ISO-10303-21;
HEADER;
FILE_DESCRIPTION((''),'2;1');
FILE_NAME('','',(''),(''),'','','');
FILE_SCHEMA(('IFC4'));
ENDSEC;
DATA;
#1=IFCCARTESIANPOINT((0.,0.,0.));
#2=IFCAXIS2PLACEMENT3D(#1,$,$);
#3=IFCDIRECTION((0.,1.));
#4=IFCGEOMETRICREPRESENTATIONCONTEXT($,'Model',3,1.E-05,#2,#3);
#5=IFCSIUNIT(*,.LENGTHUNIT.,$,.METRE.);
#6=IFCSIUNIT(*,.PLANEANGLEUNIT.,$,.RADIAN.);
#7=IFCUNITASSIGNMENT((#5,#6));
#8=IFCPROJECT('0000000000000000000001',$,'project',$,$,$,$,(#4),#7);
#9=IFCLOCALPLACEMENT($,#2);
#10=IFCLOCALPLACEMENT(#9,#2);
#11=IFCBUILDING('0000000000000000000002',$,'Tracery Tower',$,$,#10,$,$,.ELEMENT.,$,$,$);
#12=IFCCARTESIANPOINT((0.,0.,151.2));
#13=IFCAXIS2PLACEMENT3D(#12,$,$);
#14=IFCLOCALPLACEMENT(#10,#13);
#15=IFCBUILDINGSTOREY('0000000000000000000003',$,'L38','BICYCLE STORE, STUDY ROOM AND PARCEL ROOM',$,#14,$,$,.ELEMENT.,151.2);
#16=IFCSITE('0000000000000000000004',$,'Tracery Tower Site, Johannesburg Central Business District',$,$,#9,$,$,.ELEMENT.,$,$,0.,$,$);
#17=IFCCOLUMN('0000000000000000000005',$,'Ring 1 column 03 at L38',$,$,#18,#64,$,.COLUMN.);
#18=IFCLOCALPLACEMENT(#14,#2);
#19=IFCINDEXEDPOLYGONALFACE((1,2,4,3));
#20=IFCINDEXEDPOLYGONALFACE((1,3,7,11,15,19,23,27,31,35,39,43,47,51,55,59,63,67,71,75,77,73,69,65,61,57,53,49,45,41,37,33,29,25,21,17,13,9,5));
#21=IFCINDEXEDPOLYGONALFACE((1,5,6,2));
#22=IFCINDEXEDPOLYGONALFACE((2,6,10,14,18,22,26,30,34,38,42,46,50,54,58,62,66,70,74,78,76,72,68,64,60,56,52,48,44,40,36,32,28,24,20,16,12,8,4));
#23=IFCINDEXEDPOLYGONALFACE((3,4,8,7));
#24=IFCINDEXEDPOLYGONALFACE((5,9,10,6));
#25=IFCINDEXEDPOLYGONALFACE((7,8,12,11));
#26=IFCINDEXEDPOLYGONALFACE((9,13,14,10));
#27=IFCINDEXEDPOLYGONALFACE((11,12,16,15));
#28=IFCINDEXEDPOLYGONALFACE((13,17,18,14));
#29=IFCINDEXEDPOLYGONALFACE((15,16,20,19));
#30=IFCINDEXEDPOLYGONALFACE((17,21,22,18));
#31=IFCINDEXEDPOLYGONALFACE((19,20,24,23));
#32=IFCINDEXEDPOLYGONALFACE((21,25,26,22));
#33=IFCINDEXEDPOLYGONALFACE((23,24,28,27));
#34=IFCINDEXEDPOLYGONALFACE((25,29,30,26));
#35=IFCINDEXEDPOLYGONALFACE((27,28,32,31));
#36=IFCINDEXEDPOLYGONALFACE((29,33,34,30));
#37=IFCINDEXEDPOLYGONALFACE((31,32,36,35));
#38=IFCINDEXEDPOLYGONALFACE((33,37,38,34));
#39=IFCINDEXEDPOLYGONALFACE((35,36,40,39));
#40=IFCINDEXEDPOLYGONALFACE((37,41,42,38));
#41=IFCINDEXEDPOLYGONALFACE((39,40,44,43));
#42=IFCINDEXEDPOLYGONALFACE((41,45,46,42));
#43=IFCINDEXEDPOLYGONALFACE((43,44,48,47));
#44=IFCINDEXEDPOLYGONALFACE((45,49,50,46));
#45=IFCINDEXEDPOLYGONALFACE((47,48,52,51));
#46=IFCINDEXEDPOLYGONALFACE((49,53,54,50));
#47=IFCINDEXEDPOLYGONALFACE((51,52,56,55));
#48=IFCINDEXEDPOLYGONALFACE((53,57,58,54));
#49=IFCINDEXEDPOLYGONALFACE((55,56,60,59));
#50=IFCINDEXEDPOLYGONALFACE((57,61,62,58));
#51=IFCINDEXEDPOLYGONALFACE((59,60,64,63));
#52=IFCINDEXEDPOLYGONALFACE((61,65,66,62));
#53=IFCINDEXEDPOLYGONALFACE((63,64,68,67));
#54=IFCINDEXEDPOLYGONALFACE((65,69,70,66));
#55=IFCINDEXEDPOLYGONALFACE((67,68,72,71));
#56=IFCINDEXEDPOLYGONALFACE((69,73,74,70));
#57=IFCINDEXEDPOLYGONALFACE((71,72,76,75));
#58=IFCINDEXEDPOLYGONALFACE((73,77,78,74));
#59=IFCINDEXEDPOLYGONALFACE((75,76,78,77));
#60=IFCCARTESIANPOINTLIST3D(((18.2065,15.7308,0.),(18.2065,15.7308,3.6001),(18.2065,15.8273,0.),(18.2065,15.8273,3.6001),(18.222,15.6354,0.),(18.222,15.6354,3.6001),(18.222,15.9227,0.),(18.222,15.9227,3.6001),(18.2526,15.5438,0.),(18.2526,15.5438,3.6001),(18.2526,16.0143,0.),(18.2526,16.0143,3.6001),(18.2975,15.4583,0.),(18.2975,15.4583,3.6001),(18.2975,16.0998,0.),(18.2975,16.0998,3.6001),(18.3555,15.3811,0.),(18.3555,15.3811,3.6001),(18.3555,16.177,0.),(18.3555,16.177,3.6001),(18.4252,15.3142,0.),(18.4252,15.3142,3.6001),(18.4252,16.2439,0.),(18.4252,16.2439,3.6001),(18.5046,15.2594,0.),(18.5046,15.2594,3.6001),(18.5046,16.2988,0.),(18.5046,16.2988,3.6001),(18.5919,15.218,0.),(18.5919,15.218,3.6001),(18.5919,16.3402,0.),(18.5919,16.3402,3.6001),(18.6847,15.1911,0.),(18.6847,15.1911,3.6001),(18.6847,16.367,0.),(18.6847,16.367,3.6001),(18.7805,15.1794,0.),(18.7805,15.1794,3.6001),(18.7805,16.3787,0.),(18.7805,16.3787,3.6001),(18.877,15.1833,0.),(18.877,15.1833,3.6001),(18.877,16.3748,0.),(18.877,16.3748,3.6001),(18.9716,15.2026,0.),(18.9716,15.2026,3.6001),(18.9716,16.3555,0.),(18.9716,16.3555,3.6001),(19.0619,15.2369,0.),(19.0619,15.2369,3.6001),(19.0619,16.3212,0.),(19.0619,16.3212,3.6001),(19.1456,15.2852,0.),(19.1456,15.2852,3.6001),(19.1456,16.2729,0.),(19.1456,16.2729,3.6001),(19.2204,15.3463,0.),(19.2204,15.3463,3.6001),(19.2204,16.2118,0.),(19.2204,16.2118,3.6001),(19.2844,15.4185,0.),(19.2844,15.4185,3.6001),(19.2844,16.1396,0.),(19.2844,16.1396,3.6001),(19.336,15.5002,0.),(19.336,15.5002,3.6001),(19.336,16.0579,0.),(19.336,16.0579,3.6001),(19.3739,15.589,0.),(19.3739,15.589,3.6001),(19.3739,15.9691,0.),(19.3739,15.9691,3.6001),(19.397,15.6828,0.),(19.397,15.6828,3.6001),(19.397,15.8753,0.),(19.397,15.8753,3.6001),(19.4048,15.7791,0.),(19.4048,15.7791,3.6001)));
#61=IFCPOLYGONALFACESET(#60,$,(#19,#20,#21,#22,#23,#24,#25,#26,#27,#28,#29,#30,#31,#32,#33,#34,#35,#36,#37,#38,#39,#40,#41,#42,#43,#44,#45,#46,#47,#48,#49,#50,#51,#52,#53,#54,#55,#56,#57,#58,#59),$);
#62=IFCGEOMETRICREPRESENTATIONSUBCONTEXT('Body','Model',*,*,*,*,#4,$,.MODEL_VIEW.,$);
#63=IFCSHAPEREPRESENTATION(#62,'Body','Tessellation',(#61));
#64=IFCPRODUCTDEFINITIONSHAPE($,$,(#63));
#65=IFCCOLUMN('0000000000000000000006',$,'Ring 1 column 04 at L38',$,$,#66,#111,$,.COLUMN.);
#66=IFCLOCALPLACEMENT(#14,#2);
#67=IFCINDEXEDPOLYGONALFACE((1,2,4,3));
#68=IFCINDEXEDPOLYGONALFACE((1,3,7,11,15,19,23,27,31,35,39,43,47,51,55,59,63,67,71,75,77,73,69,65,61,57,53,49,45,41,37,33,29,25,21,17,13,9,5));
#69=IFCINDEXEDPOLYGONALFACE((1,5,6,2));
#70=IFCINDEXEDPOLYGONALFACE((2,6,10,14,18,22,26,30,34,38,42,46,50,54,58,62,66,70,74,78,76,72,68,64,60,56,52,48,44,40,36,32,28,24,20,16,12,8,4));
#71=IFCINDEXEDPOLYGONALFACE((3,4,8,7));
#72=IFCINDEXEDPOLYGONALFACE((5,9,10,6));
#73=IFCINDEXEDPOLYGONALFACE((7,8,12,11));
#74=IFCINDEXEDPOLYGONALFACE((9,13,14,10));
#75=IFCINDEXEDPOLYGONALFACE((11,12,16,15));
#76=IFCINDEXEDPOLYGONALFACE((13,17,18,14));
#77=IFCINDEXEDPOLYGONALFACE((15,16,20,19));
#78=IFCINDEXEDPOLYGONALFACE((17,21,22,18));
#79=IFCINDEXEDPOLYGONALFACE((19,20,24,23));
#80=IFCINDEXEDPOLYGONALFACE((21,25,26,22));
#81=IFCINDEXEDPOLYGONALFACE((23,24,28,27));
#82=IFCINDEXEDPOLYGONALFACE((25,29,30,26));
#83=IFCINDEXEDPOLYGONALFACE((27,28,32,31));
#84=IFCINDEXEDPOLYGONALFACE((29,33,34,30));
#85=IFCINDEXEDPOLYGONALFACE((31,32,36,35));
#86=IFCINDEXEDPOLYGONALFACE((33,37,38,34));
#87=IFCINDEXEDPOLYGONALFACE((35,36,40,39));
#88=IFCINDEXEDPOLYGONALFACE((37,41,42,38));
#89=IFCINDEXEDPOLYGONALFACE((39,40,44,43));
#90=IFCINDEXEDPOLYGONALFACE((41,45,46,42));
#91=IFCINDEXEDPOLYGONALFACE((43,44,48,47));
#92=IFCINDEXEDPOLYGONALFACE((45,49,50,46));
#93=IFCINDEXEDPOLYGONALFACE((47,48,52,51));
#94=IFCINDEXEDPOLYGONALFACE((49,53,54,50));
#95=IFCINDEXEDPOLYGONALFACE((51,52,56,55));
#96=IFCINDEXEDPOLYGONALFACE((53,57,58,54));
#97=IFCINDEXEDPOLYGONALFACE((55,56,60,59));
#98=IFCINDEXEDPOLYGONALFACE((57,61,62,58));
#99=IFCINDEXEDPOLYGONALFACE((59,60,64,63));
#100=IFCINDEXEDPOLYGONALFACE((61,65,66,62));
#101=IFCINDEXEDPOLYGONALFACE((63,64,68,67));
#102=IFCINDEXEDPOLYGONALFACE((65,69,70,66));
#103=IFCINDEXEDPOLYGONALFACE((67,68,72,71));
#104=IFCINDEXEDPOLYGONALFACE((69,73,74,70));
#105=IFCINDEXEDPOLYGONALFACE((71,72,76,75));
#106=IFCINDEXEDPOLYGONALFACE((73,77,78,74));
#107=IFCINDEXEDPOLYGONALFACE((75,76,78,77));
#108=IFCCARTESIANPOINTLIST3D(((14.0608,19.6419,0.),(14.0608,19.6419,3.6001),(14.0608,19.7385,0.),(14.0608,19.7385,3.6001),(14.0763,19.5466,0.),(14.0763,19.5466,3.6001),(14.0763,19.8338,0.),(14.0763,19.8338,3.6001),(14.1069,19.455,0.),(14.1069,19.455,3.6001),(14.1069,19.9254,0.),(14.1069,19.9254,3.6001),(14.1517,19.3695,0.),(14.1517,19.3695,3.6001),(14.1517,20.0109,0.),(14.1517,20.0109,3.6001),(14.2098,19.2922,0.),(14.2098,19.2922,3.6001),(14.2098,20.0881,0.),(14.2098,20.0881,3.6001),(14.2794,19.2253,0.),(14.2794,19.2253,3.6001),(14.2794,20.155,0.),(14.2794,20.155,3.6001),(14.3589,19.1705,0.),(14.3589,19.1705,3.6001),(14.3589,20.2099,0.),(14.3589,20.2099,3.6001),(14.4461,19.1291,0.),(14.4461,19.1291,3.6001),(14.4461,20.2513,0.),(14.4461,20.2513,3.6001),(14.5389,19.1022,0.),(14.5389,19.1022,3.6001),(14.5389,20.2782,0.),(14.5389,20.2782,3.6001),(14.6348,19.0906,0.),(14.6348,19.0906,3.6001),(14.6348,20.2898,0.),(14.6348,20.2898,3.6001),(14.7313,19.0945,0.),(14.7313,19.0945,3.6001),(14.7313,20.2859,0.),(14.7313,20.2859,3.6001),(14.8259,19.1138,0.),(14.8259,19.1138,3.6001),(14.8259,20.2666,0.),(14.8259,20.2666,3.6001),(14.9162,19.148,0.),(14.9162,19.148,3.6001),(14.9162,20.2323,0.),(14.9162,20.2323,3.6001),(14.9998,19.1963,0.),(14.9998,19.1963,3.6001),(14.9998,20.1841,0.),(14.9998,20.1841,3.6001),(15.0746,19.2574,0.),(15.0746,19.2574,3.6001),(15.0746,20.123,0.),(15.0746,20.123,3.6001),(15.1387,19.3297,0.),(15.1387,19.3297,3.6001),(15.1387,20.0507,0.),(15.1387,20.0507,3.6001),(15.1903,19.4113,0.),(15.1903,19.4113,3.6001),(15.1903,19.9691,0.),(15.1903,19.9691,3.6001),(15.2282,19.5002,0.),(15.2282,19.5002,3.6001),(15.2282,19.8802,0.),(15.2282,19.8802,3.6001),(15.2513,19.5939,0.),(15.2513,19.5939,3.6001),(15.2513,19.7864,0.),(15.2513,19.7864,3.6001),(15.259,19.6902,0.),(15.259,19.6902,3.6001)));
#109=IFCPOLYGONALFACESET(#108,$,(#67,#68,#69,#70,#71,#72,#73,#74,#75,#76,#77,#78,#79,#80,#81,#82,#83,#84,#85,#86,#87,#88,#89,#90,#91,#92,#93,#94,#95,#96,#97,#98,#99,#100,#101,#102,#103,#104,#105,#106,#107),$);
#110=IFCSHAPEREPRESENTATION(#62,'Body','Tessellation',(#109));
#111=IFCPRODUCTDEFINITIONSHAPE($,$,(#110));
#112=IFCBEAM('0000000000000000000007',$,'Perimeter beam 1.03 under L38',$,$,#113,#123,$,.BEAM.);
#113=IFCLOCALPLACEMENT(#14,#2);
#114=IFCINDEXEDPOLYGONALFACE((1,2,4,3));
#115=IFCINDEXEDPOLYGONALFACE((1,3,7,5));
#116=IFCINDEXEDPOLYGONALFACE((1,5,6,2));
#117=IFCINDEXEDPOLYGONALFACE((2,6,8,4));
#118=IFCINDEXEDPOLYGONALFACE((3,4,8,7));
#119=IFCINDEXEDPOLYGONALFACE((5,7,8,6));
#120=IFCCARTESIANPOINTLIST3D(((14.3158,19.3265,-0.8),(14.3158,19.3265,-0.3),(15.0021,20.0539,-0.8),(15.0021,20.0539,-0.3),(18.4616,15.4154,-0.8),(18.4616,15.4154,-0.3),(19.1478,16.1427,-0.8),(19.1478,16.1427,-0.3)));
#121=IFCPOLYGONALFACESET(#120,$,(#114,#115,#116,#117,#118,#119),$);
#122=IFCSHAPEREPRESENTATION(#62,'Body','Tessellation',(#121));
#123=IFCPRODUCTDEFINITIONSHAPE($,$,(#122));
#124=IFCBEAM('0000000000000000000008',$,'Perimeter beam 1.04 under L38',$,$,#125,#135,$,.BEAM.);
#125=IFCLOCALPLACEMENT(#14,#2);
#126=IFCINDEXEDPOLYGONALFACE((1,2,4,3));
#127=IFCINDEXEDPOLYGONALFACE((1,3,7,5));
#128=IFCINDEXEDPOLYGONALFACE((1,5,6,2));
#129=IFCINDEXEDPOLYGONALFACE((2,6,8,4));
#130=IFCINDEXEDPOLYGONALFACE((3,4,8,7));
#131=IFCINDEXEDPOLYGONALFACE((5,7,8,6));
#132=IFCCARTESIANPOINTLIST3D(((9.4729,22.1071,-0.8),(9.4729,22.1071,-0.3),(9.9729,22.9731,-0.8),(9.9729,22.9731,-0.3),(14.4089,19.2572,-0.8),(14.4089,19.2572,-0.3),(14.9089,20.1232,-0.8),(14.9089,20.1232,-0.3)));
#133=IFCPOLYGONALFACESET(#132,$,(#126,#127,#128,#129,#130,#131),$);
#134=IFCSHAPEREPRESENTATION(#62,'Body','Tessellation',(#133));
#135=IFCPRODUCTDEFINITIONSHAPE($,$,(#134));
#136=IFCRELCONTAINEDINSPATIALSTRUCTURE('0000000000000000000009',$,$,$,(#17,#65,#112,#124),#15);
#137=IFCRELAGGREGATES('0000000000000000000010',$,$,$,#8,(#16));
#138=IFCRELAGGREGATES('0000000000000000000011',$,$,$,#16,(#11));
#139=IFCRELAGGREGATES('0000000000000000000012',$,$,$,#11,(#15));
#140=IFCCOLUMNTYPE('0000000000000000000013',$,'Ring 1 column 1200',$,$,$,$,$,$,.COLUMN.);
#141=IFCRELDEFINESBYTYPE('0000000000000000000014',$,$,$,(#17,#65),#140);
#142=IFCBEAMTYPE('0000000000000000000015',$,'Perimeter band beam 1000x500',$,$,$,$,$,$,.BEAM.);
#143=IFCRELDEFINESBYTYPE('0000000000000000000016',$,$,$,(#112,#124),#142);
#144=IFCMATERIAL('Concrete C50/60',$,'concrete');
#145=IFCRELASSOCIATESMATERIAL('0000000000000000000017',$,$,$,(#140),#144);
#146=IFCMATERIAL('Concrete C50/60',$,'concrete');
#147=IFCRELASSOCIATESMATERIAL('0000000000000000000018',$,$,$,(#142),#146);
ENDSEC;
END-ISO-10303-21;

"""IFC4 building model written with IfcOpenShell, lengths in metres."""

from ifc_helpers import new_model, si_unit, direction, frame, origin, origin_2d, place, context, subcontext, project, spatial, rectangle, circle, extrude, material, material_profile, profile_set, type_object, element, save


model = new_model("IFC4")

# Units and contexts
model_context = context("Model", 3, precision=1e-05, world=origin(), true_north=direction((0.0, 1.0)))
body_context = subcontext(model_context, "Body", "Model", "MODEL_VIEW")
ifc_project = project(units=[si_unit("LENGTHUNIT", "METRE"), si_unit("PLANEANGLEUNIT", "RADIAN")], contexts=[model_context])

# Site, building, storey
site_placement = place(None, origin())
site = spatial("IfcSite", under=ifc_project, at=site_placement, Name="Tracery Tower Site, Johannesburg Central Business District", CompositionType="ELEMENT", RefElevation=0.0)
building_placement = place(site_placement, origin())
building = spatial("IfcBuilding", under=site, at=building_placement, Name="Tracery Tower", CompositionType="ELEMENT")
storey_placement = place(building_placement, frame((0.0, 0.0, 151.2)))
storey = spatial("IfcBuildingStorey", under=building, at=storey_placement, Name="L38", Description="BICYCLE STORE, STUDY ROOM AND PARCEL ROOM", CompositionType="ELEMENT", Elevation=151.2)

# Columns
ifc_material_1 = material(Name="Concrete C50/60", Category="concrete")
ifc_material_profile_1 = material_profile(ifc_material_1, circle(Radius=0.6001, at=origin_2d()), Name="RC D1200")
ifc_profile_set_1 = profile_set([ifc_material_profile_1], Name="Concrete C50/60")
column_type = type_object("IfcColumnType", Name="Ring 1 column 1200", PredefinedType="COLUMN", material=ifc_profile_set_1)
for number, where, z_axis, x_axis, name in (
    (1, (18.8047, 15.7791, 0.0), (0.0, 0.0, 1.0), (1.0, 0.0, 0.0), "Ring 1 column 03 at L38"),
    (2, (14.6589, 19.6902, 0.0), (0.0, 0.0, 1.0), (1.0, 0.0, 0.0), "Ring 1 column 04 at L38"),
):
    element("IfcColumn", number, at=place(storey_placement, frame(where, z_axis=z_axis, x_axis=x_axis)), inside=storey, type_object=column_type, Name=name, PredefinedType="COLUMN", context=body_context, shape_type="SweptSolid", body=[
        extrude(circle(Radius=0.6001, at=origin_2d()), origin(), (0.0, 0.0, 1.0), 3.6001),
    ])

# Beams
ifc_material_2 = material(Name="Concrete C50/60", Category="concrete")
ifc_material_profile_2 = material_profile(ifc_material_2, rectangle(XDim=1.0, YDim=0.5, at=origin_2d()), Name="RC 1000x500")
ifc_profile_set_2 = profile_set([ifc_material_profile_2], Name="Concrete C50/60")
beam_type = type_object("IfcBeamType", Name="Perimeter band beam 1000x500", PredefinedType="BEAM", material=ifc_profile_set_2)
beam_1_placement = place(storey_placement, frame((18.8047, 15.7791, -0.55), z_axis=(-0.72739, 0.686225, 0.0), x_axis=(-0.686225, -0.72739, 0.0)))
element("IfcBeam", 3, at=beam_1_placement, inside=storey, type_object=beam_type, Name="Perimeter beam 1.03 under L38", PredefinedType="BEAM", context=body_context, shape_type="SweptSolid", body=[
    extrude(rectangle(XDim=1.0, YDim=0.5, at=origin_2d()), origin(), (0.0, 0.0, 1.0), 5.6995),
])
beam_2_placement = place(storey_placement, frame((14.6589, 19.6902, -0.55), z_axis=(-0.866023, 0.500004, 0.0), x_axis=(-0.500004, -0.866023, 0.0)))
element("IfcBeam", 4, at=beam_2_placement, inside=storey, type_object=beam_type, Name="Perimeter beam 1.04 under L38", PredefinedType="BEAM", context=body_context, shape_type="SweptSolid", body=[
    extrude(rectangle(XDim=1.0, YDim=0.5, at=origin_2d()), origin(), (0.0, 0.0, 1.0), 5.6997),
])

save(model, "model.ifc")
